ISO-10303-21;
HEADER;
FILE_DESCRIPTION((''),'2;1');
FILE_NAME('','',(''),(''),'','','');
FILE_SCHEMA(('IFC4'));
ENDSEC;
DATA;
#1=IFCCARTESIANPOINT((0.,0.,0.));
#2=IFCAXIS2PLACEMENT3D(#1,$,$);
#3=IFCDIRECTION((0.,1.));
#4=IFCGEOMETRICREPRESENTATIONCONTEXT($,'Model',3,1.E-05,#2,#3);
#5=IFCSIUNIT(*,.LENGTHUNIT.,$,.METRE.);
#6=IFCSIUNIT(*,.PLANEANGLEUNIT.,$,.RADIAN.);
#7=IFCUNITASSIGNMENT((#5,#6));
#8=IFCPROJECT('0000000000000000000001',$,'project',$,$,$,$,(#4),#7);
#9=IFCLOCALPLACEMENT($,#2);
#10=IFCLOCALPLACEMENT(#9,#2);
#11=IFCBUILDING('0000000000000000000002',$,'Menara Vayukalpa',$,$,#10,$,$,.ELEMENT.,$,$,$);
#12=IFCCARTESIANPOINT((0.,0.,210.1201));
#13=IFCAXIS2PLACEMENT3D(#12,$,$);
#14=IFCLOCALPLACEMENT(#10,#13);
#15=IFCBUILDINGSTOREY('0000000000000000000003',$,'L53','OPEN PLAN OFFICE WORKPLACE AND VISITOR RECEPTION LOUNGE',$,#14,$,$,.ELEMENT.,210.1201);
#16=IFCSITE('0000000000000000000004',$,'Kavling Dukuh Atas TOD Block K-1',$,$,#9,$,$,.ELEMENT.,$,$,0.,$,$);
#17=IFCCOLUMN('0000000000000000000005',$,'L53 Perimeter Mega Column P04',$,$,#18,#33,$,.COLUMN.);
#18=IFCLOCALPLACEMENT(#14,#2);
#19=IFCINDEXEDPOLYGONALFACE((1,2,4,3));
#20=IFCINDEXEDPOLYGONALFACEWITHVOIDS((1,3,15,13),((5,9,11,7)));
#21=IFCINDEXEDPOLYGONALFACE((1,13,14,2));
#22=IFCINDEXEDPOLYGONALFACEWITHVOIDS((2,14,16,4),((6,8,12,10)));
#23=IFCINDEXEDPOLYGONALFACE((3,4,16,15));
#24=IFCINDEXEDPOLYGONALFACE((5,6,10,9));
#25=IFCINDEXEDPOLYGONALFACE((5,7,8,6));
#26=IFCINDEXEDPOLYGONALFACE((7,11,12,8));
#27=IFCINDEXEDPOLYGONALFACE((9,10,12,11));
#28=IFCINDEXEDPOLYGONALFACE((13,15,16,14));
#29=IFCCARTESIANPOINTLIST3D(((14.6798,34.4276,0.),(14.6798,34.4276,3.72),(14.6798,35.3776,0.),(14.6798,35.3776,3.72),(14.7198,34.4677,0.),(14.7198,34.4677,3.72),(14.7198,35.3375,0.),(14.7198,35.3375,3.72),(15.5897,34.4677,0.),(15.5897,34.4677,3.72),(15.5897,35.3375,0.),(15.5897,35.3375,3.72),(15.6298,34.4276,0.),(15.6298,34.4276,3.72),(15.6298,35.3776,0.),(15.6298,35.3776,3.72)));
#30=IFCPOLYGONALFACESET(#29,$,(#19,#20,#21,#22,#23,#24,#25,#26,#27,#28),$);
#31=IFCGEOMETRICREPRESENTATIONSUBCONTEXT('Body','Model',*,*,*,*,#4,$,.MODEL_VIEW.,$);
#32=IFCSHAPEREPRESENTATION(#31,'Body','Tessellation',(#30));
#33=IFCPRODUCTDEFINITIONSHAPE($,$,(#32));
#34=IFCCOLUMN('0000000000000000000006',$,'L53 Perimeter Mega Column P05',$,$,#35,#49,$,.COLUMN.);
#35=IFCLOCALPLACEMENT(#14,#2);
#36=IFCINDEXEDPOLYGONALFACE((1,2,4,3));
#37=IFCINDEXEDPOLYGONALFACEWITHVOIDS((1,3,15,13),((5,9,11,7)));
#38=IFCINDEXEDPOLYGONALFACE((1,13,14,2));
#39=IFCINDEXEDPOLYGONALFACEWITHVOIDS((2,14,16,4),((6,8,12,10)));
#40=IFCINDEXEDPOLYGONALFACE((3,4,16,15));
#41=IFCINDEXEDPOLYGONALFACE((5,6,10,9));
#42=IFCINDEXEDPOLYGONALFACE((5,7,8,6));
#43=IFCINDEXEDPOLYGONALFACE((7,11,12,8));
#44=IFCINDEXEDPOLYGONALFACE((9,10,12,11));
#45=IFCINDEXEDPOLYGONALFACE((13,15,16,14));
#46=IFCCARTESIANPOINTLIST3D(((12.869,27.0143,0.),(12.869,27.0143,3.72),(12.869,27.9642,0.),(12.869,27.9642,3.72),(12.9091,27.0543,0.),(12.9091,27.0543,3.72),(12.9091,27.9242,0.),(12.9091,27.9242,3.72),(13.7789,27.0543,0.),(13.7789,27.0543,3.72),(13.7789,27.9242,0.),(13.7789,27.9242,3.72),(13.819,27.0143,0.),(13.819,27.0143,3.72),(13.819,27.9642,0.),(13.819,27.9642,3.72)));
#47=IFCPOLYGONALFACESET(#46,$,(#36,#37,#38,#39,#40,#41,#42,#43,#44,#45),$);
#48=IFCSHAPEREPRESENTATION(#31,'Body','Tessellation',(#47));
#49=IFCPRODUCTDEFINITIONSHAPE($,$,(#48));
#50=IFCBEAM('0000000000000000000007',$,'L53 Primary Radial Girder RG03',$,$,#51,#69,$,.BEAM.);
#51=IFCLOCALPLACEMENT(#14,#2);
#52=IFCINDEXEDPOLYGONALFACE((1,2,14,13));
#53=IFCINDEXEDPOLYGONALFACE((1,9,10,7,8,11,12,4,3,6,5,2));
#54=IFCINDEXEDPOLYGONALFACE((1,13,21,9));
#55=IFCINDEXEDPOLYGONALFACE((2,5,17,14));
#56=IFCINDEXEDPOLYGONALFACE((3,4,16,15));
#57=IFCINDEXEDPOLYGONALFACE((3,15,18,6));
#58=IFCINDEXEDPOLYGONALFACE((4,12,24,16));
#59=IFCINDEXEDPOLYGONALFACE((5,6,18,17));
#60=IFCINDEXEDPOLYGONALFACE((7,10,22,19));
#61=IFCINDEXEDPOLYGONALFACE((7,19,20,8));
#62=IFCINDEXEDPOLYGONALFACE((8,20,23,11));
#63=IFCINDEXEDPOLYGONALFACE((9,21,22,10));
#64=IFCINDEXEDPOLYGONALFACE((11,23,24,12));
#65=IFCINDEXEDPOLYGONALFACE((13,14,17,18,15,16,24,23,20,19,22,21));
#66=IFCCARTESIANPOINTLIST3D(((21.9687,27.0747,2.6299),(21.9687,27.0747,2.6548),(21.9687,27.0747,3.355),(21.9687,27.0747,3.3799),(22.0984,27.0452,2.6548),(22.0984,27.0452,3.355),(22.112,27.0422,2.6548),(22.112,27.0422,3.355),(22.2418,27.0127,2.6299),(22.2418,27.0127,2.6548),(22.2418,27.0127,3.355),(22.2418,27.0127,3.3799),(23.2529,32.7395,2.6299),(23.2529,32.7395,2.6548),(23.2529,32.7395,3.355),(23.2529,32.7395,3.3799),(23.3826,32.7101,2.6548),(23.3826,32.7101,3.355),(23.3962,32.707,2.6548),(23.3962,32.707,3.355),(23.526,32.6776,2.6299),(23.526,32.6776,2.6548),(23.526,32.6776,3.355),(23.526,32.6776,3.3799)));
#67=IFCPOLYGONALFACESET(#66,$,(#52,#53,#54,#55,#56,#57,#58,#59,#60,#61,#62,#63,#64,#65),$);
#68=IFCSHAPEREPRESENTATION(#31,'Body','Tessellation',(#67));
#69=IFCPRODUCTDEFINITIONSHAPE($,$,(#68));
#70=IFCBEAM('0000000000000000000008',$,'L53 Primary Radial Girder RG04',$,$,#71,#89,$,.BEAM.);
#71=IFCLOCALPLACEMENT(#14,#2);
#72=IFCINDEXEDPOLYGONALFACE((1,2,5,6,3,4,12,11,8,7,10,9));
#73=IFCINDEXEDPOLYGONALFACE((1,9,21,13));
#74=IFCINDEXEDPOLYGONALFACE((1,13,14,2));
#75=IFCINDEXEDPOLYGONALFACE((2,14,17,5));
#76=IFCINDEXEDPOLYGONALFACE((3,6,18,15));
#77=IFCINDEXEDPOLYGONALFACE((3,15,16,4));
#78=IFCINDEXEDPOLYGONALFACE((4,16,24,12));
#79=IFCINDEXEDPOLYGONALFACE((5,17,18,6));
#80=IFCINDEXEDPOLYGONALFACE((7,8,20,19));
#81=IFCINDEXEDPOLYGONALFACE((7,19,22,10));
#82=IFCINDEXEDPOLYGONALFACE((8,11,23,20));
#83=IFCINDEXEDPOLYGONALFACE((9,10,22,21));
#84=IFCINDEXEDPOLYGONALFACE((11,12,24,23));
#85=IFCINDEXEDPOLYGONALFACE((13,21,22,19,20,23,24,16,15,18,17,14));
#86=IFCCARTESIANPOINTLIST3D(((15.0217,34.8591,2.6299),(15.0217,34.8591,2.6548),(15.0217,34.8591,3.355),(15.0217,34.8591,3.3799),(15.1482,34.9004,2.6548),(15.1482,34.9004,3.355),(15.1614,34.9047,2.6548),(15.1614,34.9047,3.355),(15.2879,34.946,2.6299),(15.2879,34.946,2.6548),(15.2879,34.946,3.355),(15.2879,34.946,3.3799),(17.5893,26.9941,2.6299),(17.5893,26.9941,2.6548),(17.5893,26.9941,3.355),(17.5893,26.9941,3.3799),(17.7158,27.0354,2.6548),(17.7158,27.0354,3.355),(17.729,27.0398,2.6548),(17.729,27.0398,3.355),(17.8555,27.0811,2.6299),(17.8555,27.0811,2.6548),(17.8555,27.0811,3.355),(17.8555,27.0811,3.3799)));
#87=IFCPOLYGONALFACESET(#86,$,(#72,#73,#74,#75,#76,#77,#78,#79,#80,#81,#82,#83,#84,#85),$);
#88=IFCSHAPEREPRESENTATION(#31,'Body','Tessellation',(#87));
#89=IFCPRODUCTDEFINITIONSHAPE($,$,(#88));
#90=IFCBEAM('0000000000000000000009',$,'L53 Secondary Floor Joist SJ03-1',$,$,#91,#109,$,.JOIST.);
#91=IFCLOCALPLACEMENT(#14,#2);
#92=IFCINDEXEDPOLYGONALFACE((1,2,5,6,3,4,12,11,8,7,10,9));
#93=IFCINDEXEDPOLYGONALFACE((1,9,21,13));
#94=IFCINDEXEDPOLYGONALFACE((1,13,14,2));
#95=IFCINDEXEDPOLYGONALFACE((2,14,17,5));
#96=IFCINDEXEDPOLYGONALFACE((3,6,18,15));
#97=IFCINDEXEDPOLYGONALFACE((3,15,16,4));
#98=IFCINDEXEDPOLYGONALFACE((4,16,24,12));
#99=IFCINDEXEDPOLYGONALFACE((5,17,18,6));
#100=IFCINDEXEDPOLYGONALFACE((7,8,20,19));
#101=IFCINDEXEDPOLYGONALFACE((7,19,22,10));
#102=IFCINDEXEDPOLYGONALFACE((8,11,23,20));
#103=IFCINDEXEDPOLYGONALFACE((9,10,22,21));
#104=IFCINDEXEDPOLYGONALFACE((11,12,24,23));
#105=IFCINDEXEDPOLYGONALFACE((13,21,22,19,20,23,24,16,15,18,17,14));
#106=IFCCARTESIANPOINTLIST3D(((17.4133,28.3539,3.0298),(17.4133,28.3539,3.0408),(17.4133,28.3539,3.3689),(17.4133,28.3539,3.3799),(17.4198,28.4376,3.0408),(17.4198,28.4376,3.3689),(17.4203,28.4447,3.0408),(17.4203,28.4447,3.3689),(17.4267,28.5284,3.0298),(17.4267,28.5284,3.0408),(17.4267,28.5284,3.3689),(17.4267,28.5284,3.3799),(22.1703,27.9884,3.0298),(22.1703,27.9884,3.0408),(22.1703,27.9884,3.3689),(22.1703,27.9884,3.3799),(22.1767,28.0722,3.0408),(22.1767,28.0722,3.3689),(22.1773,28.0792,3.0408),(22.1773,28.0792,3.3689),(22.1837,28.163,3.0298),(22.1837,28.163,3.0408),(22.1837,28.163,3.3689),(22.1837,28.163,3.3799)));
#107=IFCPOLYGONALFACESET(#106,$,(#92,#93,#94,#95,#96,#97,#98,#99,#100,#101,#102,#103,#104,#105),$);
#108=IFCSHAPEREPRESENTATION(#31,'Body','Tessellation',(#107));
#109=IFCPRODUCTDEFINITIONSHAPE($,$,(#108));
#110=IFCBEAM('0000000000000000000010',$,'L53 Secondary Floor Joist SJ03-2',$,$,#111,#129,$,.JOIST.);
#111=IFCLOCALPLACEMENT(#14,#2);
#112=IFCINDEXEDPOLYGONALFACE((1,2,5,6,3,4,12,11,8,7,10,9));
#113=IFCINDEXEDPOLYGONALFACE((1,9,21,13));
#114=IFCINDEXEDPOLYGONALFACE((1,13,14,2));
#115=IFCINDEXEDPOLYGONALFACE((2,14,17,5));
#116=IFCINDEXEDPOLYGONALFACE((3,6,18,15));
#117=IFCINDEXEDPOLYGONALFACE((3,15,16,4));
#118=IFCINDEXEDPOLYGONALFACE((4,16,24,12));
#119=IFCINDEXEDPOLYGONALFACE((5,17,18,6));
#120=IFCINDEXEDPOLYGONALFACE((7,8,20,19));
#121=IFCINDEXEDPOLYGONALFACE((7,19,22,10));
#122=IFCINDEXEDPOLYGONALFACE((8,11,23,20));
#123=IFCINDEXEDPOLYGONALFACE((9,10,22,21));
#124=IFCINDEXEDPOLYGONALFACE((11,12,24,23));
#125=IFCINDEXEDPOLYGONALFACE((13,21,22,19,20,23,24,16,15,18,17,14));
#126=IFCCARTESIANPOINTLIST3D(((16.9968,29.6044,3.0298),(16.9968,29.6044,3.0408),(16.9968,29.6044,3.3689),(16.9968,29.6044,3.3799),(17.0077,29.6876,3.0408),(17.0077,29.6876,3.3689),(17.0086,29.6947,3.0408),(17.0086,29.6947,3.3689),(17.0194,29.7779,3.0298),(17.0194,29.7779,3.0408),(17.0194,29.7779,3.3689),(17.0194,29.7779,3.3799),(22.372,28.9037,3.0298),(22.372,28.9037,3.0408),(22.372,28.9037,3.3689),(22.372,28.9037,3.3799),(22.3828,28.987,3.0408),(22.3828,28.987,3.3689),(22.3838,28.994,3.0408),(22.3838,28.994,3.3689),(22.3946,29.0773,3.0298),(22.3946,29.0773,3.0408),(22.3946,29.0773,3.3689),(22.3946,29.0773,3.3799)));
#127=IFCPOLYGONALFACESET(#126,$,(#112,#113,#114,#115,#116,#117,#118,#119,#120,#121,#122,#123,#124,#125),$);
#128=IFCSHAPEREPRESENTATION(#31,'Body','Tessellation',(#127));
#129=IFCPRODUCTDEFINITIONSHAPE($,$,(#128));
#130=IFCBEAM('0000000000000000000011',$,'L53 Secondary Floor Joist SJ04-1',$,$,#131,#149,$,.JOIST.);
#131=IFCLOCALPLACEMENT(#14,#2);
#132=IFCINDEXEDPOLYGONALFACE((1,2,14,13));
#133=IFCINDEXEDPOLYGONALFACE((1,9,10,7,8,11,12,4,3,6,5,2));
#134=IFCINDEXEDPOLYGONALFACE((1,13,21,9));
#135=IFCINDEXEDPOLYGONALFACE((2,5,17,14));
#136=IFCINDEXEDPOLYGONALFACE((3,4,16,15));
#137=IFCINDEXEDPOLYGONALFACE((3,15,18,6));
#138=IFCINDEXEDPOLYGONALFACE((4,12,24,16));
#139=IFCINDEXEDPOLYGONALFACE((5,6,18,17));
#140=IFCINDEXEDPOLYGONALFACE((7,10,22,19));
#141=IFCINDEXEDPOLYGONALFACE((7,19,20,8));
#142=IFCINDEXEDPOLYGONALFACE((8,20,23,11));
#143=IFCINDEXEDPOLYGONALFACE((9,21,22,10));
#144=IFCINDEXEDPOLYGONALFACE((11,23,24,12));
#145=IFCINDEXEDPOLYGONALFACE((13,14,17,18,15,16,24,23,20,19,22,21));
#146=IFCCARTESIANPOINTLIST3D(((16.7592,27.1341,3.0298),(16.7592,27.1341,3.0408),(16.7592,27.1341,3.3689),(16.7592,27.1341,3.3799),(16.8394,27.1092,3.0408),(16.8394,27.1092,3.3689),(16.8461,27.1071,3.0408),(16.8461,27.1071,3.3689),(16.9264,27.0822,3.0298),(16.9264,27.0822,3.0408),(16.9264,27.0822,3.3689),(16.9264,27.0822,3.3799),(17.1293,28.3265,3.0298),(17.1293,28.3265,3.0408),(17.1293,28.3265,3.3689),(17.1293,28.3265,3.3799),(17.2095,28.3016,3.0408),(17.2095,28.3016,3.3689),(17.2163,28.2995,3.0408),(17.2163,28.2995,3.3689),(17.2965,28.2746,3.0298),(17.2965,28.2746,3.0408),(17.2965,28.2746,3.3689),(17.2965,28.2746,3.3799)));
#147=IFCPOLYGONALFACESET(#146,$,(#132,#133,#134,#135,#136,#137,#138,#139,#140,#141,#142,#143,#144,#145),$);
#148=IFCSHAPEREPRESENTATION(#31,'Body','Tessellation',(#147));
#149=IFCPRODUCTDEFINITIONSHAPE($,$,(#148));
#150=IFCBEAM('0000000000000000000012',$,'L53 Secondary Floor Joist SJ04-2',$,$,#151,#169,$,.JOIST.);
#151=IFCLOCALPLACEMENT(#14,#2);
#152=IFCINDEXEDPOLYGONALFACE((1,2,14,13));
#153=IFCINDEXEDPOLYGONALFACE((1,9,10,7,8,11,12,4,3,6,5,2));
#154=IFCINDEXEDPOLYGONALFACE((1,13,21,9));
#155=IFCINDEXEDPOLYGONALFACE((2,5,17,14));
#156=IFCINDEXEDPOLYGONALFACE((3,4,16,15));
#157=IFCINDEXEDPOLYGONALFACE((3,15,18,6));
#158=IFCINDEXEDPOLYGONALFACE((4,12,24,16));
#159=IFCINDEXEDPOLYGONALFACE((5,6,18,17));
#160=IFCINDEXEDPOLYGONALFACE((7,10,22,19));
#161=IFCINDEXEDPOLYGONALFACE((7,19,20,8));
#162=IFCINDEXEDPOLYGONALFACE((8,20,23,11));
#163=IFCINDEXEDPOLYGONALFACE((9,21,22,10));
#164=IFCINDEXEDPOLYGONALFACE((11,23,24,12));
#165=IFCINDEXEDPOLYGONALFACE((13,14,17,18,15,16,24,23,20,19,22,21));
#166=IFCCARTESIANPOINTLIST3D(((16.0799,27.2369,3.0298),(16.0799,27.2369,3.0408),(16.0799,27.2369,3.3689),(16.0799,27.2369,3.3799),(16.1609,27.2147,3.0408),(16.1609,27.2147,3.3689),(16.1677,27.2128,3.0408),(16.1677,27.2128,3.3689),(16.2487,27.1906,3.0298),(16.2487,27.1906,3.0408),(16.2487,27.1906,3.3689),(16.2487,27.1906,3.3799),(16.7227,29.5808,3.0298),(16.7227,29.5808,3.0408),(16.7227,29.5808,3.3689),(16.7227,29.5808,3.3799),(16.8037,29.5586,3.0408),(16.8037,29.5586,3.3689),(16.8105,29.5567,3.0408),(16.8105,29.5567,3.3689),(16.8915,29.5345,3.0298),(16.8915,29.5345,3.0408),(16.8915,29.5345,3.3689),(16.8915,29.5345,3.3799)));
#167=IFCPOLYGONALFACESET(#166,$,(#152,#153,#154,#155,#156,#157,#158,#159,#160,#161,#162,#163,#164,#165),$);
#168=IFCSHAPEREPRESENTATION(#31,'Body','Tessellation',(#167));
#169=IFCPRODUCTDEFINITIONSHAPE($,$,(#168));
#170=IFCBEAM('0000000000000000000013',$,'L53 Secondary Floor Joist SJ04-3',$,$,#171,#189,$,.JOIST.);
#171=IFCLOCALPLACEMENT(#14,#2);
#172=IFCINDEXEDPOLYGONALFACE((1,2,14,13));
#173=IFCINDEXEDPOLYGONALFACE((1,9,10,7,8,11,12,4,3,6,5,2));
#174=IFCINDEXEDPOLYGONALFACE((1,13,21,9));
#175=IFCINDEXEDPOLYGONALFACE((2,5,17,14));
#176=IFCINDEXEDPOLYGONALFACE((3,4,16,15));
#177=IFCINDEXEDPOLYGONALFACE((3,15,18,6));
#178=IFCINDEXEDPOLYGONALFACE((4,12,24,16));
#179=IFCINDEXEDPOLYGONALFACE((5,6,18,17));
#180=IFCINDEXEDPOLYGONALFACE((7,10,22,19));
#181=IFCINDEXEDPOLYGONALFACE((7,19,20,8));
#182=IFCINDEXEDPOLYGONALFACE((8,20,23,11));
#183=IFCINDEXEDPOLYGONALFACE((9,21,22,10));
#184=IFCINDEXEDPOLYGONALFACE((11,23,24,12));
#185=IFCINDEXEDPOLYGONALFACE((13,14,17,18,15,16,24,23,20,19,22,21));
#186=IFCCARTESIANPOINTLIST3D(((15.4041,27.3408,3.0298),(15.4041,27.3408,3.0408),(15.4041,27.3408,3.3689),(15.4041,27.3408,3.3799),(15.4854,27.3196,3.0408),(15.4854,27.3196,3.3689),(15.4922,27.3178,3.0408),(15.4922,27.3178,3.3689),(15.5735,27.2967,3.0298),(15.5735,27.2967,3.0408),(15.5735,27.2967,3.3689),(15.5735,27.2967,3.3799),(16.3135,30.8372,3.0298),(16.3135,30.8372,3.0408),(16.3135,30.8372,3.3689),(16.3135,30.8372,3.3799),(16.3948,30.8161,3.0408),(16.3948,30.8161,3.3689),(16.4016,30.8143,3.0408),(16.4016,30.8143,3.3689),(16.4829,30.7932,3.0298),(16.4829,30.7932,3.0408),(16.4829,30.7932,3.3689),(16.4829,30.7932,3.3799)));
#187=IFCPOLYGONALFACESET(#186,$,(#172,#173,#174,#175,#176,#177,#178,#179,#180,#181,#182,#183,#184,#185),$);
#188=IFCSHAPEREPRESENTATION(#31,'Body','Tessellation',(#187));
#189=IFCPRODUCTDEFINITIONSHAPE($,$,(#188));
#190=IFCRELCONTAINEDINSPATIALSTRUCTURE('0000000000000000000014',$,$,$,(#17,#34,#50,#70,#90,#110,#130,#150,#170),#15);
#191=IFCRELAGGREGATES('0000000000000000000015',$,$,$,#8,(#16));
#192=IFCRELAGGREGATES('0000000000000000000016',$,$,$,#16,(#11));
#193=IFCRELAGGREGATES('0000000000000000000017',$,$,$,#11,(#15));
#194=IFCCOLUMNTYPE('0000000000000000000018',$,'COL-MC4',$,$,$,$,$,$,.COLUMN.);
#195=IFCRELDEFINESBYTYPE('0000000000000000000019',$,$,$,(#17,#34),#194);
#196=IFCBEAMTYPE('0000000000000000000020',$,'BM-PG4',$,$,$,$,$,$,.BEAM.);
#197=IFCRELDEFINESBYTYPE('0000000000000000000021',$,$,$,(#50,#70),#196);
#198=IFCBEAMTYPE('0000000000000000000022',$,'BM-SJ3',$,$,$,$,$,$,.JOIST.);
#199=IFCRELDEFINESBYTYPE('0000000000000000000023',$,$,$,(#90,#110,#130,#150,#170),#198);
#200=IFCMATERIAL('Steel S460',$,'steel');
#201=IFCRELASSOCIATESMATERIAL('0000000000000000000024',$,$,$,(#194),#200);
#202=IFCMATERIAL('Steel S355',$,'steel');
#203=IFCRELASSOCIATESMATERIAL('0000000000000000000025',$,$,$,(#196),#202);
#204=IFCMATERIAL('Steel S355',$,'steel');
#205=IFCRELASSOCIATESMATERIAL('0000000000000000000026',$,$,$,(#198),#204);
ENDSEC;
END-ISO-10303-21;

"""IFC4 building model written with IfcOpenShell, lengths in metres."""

from ifc_helpers import new_model, si_unit, direction, frame, origin, origin_2d, place, context, subcontext, project, spatial, hollow_rectangle, i_section, extrude, material, material_profile, profile_set, type_object, element, save


model = new_model("IFC4")

# Units and contexts
model_context = context("Model", 3, precision=1e-05, world=origin(), true_north=direction((0.0, 1.0)))
body_context = subcontext(model_context, "Body", "Model", "MODEL_VIEW")
ifc_project = project(units=[si_unit("LENGTHUNIT", "METRE"), si_unit("PLANEANGLEUNIT", "RADIAN")], contexts=[model_context])

# Site, building, storey
site_placement = place(None, origin())
site = spatial("IfcSite", under=ifc_project, at=site_placement, Name="Kavling Dukuh Atas TOD Block K-1", CompositionType="ELEMENT", RefElevation=0.0)
building_placement = place(site_placement, origin())
building = spatial("IfcBuilding", under=site, at=building_placement, Name="Menara Vayukalpa", CompositionType="ELEMENT")
storey_placement = place(building_placement, frame((0.0, 0.0, 210.1201)))
storey = spatial("IfcBuildingStorey", under=building, at=storey_placement, Name="L53", Description="OPEN PLAN OFFICE WORKPLACE AND VISITOR RECEPTION LOUNGE", CompositionType="ELEMENT", Elevation=210.1201)

# Columns
ifc_material_1 = material(Name="Steel S460", Category="steel")
ifc_material_profile_1 = material_profile(ifc_material_1, hollow_rectangle(XDim=0.95, YDim=0.95, WallThickness=0.04, at=origin_2d()), Name="BOX 950x950x40")
ifc_profile_set_1 = profile_set([ifc_material_profile_1], Name="Steel S460")
column_type = type_object("IfcColumnType", Name="COL-MC4", PredefinedType="COLUMN", material=ifc_profile_set_1)
for number, where, z_axis, x_axis, name in (
    (1, (15.1548, 34.9026, 0.0), (0.0, 0.0, 1.0), (1.0, 0.0, 0.0), "L53 Perimeter Mega Column P04"),
    (2, (13.344, 27.4893, 0.0), (0.0, 0.0, 1.0), (1.0, 0.0, 0.0), "L53 Perimeter Mega Column P05"),
):
    element("IfcColumn", number, at=place(storey_placement, frame(where, z_axis=z_axis, x_axis=x_axis)), inside=storey, type_object=column_type, Name=name, PredefinedType="COLUMN", context=body_context, shape_type="SweptSolid", body=[
        extrude(hollow_rectangle(XDim=0.95, YDim=0.95, WallThickness=0.04, at=origin_2d()), origin(), (0.0, 0.0, 1.0), 3.72),
    ])

# Beams
ifc_material_2 = material(Name="Steel S355", Category="steel")
ifc_material_profile_2 = material_profile(ifc_material_2, i_section(OverallWidth=0.28, OverallDepth=0.75, WebThickness=0.0139, FlangeThickness=0.0249, at=origin_2d()), Name="WF 750x280x14x25")
ifc_profile_set_2 = profile_set([ifc_material_profile_2], Name="Steel S355")
beam_type_1 = type_object("IfcBeamType", Name="BM-PG4", PredefinedType="BEAM", material=ifc_profile_set_2)
beam_1_placement = place(storey_placement, frame((22.1052, 27.0437, 3.0049), z_axis=(0.221085, 0.975255, 0.0), x_axis=(-0.975255, 0.221085, 0.0)))
element("IfcBeam", 3, at=beam_1_placement, inside=storey, type_object=beam_type_1, Name="L53 Primary Radial Girder RG03", PredefinedType="BEAM", context=body_context, shape_type="SweptSolid", body=[
    extrude(i_section(OverallWidth=0.28, OverallDepth=0.75, WebThickness=0.0139, FlangeThickness=0.0249, at=origin_2d()), origin(), (0.0, 0.0, 1.0), 5.8086),
])
beam_2_placement = place(storey_placement, frame((17.7224, 27.0376, 3.0049), z_axis=(-0.310344, 0.950624, 0.0), x_axis=(-0.950624, -0.310344, 0.0)))
element("IfcBeam", 4, at=beam_2_placement, inside=storey, type_object=beam_type_1, Name="L53 Primary Radial Girder RG04", PredefinedType="BEAM", context=body_context, shape_type="SweptSolid", body=[
    extrude(i_section(OverallWidth=0.28, OverallDepth=0.75, WebThickness=0.0139, FlangeThickness=0.0249, at=origin_2d()), origin(), (0.0, 0.0, 1.0), 8.2734),
])
ifc_material_3 = material(Name="Steel S355", Category="steel")
ifc_material_profile_3 = material_profile(ifc_material_3, i_section(OverallWidth=0.175, OverallDepth=0.3501, WebThickness=0.0071, FlangeThickness=0.011, at=origin_2d()), Name="WF 350x175x7x11")
ifc_profile_set_3 = profile_set([ifc_material_profile_3], Name="Steel S355")
beam_type_2 = type_object("IfcBeamType", Name="BM-SJ3", PredefinedType="JOIST", material=ifc_profile_set_3)
beam_3_placement = place(storey_placement, frame((22.177, 28.0757, 3.2048), z_axis=(-0.997062, 0.076603, 0.0), x_axis=(-0.076603, -0.997062, 0.0)))
element("IfcBeam", 5, at=beam_3_placement, inside=storey, type_object=beam_type_2, Name="L53 Secondary Floor Joist SJ03-1", PredefinedType="JOIST", context=body_context, shape_type="SweptSolid", body=[
    extrude(i_section(OverallWidth=0.175, OverallDepth=0.3501, WebThickness=0.0071, FlangeThickness=0.011, at=origin_2d()), origin(), (0.0, 0.0, 1.0), 4.771),
])
beam_4_placement = place(storey_placement, frame((22.3833, 28.9905, 3.2048), z_axis=(-0.991611, 0.12926, 0.0), x_axis=(-0.12926, -0.991611, 0.0)))
element("IfcBeam", 6, at=beam_4_placement, inside=storey, type_object=beam_type_2, Name="L53 Secondary Floor Joist SJ03-2", PredefinedType="JOIST", context=body_context, shape_type="SweptSolid", body=[
    extrude(i_section(OverallWidth=0.175, OverallDepth=0.3501, WebThickness=0.0071, FlangeThickness=0.011, at=origin_2d()), origin(), (0.0, 0.0, 1.0), 5.4207),
])
beam_5_placement = place(storey_placement, frame((17.2129, 28.3005, 3.2048), z_axis=(-0.296448, -0.955049, 0.0), x_axis=(0.955049, -0.296448, 0.0)))
element("IfcBeam", 7, at=beam_5_placement, inside=storey, type_object=beam_type_2, Name="L53 Secondary Floor Joist SJ04-1", PredefinedType="JOIST", context=body_context, shape_type="SweptSolid", body=[
    extrude(i_section(OverallWidth=0.175, OverallDepth=0.3501, WebThickness=0.0071, FlangeThickness=0.011, at=origin_2d()), origin(), (0.0, 0.0, 1.0), 1.2485),
])
beam_6_placement = place(storey_placement, frame((16.8071, 29.5576, 3.2048), z_axis=(-0.264503, -0.964385, 0.0), x_axis=(0.964385, -0.264503, 0.0)))
element("IfcBeam", 8, at=beam_6_placement, inside=storey, type_object=beam_type_2, Name="L53 Secondary Floor Joist SJ04-2", PredefinedType="JOIST", context=body_context, shape_type="SweptSolid", body=[
    extrude(i_section(OverallWidth=0.175, OverallDepth=0.3501, WebThickness=0.0071, FlangeThickness=0.011, at=origin_2d()), origin(), (0.0, 0.0, 1.0), 2.4304),
])
beam_7_placement = place(storey_placement, frame((16.3982, 30.8152, 3.2048), z_axis=(-0.251715, -0.967801, 0.0), x_axis=(0.967801, -0.251715, 0.0)))
element("IfcBeam", 9, at=beam_7_placement, inside=storey, type_object=beam_type_2, Name="L53 Secondary Floor Joist SJ04-3", PredefinedType="JOIST", context=body_context, shape_type="SweptSolid", body=[
    extrude(i_section(OverallWidth=0.175, OverallDepth=0.3501, WebThickness=0.0071, FlangeThickness=0.011, at=origin_2d()), origin(), (0.0, 0.0, 1.0), 3.6128),
])

save(model, "model.ifc")
